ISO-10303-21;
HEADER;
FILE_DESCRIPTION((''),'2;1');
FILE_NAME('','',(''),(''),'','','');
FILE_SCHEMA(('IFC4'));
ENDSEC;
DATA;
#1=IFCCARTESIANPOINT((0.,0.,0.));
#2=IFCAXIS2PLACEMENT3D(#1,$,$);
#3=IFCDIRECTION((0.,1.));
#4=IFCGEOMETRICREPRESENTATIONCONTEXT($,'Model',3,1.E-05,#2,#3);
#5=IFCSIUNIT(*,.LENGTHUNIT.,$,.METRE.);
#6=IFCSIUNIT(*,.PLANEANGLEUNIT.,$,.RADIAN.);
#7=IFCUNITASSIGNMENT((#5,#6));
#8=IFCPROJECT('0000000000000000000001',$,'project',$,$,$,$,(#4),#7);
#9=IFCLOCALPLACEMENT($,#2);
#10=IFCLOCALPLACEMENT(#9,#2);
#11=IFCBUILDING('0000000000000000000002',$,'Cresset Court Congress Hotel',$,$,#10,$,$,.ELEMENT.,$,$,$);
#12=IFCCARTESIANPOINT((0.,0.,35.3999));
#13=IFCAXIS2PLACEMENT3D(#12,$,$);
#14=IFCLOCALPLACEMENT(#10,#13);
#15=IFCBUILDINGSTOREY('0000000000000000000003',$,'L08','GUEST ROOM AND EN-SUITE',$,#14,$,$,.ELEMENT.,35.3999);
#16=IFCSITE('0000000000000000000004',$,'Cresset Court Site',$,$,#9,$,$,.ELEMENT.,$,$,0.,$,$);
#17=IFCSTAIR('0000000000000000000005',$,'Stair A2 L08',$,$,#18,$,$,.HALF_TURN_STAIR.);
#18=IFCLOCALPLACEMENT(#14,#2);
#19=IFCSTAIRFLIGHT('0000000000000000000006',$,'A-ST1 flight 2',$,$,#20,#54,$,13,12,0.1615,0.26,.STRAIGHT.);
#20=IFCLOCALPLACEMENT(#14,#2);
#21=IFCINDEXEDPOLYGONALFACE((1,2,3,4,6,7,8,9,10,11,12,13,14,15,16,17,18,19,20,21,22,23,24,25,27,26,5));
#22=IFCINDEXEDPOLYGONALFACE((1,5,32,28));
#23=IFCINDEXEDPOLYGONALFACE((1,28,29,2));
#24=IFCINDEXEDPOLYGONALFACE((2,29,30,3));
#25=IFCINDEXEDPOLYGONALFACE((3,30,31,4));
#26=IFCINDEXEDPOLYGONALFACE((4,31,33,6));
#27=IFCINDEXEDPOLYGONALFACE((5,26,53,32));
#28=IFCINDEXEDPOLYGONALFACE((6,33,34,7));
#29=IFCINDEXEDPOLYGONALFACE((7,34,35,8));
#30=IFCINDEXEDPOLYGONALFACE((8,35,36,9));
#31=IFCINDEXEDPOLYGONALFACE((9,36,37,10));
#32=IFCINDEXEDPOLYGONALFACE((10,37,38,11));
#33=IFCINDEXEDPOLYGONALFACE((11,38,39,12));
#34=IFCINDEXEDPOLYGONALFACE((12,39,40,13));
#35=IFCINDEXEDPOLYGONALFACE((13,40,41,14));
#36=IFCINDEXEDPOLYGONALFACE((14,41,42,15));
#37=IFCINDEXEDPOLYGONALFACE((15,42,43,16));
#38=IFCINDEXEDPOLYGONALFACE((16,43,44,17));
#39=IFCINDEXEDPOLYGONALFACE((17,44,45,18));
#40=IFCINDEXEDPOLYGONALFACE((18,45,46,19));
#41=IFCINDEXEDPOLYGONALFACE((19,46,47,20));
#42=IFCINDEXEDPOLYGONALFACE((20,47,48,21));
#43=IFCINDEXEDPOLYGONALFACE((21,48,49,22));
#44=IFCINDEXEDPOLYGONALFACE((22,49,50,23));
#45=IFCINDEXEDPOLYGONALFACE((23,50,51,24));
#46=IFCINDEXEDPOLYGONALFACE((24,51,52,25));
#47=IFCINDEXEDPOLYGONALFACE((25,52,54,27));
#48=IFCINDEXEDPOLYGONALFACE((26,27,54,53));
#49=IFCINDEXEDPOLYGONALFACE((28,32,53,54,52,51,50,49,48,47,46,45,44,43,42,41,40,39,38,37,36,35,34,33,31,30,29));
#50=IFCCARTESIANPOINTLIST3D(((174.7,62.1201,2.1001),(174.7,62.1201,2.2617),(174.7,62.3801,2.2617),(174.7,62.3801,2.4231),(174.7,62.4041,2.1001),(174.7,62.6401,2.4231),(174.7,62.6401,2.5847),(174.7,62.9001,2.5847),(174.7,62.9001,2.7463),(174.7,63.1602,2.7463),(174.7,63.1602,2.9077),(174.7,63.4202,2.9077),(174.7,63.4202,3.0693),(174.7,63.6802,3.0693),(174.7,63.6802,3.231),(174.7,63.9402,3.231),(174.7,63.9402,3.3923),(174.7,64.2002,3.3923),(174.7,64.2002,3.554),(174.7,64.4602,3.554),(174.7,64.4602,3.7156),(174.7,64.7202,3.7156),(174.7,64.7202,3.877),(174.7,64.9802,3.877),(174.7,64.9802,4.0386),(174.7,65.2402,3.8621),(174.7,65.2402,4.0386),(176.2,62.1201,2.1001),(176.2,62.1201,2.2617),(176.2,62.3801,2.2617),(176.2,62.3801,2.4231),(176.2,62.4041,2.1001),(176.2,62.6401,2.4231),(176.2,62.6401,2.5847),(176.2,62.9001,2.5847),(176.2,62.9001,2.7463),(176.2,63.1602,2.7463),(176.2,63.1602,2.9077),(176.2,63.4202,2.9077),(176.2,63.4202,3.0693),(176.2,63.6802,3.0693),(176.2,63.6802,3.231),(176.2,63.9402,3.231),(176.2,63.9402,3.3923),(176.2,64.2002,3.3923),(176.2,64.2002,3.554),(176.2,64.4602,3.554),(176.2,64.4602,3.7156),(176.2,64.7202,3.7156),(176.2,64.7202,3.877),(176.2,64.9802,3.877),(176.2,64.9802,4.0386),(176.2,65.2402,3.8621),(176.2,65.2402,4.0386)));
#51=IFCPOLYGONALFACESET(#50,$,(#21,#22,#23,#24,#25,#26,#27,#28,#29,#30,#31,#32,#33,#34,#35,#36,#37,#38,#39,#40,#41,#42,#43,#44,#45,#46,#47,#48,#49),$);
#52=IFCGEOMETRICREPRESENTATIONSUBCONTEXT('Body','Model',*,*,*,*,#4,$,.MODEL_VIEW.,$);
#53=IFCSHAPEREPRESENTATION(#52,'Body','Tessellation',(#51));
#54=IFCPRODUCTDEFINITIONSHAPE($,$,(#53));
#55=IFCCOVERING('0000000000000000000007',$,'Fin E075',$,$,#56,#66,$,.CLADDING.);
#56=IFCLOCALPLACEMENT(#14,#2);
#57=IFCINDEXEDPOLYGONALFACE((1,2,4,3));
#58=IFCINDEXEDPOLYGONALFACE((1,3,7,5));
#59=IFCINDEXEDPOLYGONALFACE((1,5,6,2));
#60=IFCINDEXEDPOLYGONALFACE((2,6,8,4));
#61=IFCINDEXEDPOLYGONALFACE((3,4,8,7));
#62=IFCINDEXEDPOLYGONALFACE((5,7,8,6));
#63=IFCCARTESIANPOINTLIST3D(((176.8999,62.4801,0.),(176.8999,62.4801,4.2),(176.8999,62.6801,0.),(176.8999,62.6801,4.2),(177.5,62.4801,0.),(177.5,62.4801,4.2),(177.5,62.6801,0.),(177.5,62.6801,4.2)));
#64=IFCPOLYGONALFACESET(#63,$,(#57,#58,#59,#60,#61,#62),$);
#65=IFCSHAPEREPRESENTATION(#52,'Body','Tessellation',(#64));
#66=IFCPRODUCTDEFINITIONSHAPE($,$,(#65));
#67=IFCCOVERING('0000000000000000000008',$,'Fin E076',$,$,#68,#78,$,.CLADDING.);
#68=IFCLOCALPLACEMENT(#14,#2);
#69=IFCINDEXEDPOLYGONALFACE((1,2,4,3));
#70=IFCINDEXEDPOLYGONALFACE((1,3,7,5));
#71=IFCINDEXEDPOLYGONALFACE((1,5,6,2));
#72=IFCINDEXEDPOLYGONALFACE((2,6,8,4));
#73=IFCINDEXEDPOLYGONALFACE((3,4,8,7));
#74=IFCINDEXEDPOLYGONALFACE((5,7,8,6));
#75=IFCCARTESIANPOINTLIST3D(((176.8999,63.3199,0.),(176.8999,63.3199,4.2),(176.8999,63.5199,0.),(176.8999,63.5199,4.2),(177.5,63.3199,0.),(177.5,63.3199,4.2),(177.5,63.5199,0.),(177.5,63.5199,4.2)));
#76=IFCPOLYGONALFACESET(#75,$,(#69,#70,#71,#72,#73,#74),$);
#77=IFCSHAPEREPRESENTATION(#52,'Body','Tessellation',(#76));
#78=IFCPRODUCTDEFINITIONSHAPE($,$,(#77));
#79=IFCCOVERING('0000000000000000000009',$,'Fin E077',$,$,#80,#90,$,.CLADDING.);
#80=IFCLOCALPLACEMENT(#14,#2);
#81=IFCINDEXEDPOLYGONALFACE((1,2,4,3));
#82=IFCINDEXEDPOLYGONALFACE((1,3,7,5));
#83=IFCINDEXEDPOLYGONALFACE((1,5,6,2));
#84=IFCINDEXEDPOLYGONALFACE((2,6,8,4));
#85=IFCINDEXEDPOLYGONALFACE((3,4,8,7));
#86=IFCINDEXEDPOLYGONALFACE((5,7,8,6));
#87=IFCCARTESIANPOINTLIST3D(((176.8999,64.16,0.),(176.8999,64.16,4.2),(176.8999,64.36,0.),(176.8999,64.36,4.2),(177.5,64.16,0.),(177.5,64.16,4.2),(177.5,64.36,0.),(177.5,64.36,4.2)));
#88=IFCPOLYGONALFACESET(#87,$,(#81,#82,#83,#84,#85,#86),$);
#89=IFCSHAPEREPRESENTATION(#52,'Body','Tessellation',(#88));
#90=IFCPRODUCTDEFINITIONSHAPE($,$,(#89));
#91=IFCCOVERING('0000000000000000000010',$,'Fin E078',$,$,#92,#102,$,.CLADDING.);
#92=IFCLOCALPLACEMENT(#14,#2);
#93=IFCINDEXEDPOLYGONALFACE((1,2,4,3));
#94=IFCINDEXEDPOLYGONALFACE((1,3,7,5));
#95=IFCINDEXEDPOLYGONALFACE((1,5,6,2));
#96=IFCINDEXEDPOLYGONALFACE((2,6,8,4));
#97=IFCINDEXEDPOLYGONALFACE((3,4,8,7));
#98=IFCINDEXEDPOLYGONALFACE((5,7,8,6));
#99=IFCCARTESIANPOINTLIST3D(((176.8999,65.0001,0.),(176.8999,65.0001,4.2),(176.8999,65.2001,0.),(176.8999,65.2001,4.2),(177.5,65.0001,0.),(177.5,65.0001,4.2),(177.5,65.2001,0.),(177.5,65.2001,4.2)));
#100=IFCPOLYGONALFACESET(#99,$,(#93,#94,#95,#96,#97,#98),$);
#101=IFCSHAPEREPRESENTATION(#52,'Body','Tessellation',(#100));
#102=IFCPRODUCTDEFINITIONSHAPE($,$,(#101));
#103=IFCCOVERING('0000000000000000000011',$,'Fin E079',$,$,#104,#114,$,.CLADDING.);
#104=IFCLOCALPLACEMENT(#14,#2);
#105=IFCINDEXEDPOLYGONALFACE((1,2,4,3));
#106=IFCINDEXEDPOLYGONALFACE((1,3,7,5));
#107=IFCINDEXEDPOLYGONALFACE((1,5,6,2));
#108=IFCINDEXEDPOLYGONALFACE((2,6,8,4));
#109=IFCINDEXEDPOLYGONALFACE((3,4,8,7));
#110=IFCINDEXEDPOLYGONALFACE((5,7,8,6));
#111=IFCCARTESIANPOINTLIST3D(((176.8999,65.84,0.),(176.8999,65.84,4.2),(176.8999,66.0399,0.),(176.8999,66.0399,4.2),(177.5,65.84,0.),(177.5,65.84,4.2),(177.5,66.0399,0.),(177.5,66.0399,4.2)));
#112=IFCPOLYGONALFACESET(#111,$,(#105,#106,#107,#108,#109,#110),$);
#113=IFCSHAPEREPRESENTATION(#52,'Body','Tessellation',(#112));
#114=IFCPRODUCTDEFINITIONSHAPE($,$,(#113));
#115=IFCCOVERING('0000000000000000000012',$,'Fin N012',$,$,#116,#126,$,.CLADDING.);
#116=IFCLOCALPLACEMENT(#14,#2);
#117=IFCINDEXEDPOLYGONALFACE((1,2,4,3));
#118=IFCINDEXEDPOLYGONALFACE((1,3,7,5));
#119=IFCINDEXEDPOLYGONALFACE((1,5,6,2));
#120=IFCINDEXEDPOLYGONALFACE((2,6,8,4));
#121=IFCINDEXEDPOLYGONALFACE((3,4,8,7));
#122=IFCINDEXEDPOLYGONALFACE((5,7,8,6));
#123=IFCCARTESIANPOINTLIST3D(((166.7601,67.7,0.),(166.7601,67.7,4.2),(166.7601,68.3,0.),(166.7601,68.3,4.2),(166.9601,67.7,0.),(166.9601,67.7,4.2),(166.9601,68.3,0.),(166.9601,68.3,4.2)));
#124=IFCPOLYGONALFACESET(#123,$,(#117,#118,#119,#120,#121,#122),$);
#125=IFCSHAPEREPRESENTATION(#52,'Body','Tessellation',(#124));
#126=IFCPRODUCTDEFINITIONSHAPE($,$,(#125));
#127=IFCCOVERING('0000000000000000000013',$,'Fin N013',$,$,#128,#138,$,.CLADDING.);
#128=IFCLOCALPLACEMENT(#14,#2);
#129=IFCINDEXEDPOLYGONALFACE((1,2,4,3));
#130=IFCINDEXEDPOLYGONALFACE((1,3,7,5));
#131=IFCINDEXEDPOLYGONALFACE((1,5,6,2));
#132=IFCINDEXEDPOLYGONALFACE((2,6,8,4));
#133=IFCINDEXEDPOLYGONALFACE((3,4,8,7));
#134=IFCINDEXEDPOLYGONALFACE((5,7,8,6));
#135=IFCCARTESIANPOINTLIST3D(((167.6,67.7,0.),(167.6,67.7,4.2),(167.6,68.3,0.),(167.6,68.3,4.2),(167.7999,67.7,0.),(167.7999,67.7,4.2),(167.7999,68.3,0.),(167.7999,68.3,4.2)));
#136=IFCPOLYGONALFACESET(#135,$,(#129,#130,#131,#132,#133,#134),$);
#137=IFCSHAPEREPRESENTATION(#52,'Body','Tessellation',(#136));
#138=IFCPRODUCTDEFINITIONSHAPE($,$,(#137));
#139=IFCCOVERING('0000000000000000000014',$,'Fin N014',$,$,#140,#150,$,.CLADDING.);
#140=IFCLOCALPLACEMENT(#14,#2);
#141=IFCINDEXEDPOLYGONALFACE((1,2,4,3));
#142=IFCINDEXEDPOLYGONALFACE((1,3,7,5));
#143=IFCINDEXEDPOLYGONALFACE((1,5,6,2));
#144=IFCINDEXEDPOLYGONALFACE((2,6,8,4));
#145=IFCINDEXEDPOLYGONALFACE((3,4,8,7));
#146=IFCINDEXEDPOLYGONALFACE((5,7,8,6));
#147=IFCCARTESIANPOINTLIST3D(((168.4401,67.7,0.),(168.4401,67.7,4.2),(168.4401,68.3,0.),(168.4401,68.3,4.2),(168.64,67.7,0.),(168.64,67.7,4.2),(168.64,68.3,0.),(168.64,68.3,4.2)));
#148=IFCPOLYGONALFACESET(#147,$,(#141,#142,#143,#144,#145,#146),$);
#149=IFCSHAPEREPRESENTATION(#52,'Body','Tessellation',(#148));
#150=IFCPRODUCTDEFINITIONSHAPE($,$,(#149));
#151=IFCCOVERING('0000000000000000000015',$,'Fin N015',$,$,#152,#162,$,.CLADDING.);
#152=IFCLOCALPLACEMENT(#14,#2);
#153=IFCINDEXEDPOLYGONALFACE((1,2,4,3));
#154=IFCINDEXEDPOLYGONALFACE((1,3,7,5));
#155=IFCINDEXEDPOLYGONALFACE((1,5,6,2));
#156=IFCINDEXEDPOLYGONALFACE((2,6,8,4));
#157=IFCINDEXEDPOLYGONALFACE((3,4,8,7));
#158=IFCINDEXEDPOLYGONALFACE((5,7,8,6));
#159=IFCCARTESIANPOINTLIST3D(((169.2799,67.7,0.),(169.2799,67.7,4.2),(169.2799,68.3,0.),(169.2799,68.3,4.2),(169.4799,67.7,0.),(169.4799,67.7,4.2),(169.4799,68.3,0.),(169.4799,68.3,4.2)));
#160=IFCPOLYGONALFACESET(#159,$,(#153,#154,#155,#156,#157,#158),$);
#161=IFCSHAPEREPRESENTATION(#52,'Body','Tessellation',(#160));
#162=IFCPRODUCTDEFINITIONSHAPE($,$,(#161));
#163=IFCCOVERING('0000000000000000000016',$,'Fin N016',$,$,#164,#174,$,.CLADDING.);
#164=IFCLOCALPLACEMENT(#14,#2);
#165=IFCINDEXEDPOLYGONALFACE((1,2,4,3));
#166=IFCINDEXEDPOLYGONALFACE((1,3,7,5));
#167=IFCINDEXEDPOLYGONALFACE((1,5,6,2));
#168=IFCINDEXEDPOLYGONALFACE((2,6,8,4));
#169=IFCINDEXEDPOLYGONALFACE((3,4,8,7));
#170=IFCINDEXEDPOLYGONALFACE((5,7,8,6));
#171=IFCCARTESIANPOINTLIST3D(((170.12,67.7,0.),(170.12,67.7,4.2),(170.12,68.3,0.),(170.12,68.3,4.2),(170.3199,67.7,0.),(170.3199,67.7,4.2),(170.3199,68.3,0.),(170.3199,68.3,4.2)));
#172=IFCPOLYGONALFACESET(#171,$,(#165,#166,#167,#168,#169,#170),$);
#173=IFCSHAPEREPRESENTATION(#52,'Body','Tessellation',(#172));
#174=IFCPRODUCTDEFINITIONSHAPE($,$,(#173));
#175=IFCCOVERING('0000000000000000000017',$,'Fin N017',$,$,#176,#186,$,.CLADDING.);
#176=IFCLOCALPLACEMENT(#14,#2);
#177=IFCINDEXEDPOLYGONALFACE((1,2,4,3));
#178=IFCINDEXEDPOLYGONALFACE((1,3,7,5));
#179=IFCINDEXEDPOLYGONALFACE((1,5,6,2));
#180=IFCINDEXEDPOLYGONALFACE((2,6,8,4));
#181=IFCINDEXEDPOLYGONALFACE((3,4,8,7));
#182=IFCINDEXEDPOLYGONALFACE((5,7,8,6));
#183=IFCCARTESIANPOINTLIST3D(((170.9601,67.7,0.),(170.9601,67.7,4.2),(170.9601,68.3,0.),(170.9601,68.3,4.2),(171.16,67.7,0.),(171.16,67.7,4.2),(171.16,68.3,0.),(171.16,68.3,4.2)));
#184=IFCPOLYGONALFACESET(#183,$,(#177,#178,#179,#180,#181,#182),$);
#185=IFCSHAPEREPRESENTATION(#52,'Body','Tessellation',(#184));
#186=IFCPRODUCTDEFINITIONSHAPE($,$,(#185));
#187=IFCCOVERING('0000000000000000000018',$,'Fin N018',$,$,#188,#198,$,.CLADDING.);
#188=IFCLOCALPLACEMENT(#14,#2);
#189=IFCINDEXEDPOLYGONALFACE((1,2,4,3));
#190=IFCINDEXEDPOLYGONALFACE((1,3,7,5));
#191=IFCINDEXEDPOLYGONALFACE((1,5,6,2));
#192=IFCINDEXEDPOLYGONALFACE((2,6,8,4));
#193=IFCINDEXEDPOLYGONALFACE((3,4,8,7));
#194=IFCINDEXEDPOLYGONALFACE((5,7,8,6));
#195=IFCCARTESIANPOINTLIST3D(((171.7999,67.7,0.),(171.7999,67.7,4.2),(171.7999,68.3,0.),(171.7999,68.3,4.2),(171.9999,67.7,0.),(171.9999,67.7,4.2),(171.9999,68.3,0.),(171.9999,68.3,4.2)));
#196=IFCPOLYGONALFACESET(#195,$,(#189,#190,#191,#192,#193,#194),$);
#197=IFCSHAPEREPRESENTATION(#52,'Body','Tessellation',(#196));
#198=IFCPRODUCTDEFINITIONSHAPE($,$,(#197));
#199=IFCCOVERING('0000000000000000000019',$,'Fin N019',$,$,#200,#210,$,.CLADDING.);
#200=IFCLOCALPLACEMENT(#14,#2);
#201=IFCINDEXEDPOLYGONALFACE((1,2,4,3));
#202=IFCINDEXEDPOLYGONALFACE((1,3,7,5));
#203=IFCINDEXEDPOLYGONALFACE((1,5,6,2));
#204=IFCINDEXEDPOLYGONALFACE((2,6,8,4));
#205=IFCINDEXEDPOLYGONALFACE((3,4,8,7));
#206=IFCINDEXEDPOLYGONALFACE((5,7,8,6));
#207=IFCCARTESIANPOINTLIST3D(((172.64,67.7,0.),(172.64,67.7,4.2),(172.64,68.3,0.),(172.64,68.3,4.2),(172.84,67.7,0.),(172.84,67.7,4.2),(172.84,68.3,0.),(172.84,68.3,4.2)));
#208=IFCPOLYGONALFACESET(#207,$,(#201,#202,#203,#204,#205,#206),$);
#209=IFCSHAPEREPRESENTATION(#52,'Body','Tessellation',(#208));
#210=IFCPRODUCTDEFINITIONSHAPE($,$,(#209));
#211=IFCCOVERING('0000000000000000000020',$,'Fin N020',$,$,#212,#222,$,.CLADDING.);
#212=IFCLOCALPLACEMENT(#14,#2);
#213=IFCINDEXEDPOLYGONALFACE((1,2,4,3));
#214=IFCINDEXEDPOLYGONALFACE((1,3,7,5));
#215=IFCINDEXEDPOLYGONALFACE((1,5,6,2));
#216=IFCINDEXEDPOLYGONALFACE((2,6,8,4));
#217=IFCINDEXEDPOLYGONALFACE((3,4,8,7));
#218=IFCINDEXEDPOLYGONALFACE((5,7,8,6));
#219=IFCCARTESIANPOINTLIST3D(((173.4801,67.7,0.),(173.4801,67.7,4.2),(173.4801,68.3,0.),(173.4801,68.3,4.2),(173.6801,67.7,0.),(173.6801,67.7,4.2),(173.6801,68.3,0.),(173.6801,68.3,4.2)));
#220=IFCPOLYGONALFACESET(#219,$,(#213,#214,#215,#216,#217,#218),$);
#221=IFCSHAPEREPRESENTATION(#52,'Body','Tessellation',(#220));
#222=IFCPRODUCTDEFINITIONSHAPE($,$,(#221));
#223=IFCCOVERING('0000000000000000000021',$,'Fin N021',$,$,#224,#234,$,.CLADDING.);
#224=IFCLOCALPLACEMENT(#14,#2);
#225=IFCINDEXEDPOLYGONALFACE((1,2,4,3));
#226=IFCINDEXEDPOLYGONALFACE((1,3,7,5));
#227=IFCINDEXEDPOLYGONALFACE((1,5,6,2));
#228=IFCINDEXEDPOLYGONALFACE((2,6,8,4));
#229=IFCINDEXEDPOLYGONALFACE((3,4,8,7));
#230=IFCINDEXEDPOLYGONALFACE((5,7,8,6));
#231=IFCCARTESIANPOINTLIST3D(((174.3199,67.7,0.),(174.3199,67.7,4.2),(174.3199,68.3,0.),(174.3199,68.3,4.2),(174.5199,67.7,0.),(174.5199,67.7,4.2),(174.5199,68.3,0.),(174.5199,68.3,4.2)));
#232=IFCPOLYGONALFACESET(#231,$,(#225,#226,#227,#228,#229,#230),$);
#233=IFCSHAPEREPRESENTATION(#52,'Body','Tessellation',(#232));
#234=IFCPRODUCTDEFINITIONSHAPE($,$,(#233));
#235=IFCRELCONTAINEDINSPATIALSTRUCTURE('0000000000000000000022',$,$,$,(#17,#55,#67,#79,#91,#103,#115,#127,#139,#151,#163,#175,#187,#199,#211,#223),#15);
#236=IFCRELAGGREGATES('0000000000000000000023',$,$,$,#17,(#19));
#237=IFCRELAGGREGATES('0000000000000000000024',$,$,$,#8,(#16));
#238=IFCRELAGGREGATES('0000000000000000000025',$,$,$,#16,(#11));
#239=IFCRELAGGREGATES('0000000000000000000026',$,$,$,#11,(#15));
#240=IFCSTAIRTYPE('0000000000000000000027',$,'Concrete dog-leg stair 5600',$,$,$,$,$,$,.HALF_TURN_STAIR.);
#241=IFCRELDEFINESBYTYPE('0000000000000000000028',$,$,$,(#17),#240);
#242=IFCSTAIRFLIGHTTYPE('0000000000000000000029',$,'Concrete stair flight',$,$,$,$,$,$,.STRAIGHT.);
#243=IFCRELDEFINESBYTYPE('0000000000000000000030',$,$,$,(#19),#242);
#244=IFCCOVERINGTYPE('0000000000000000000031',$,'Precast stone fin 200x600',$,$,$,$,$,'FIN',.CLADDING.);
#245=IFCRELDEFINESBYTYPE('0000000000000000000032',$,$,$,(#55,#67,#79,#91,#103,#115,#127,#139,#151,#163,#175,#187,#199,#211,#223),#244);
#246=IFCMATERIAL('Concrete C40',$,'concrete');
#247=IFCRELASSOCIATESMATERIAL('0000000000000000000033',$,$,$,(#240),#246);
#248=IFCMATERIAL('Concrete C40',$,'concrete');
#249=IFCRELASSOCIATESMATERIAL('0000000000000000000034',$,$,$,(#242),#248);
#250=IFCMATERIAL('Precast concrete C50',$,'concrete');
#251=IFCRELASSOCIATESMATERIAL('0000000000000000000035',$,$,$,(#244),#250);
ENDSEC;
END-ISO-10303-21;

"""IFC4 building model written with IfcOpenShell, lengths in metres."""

from ifc_helpers import new_model, si_unit, direction, frame, origin, origin_2d, place, context, subcontext, project, spatial, polyline, rectangle, outline, extrude, material, type_object, element, aggregate, save


model = new_model("IFC4")

# Units and contexts
model_context = context("Model", 3, precision=1e-05, world=origin(), true_north=direction((0.0, 1.0)))
body_context = subcontext(model_context, "Body", "Model", "MODEL_VIEW")
ifc_project = project(units=[si_unit("LENGTHUNIT", "METRE"), si_unit("PLANEANGLEUNIT", "RADIAN")], contexts=[model_context])

# Site, building, storey
site_placement = place(None, origin())
site = spatial("IfcSite", under=ifc_project, at=site_placement, Name="Cresset Court Site", CompositionType="ELEMENT", RefElevation=0.0)
building_placement = place(site_placement, origin())
building = spatial("IfcBuilding", under=site, at=building_placement, Name="Cresset Court Congress Hotel", CompositionType="ELEMENT")
storey_placement = place(building_placement, frame((0.0, 0.0, 35.3999)))
storey = spatial("IfcBuildingStorey", under=building, at=storey_placement, Name="L08", Description="GUEST ROOM AND EN-SUITE", CompositionType="ELEMENT", Elevation=35.3999)

# Stair, stair flight
ifc_material_1 = material(Name="Concrete C40", Category="concrete")
stair_type = type_object("IfcStairType", Name="Concrete dog-leg stair 5600", PredefinedType="HALF_TURN_STAIR", material=ifc_material_1)
stair_placement = place(storey_placement, origin())
stair = element("IfcStair", 1, at=stair_placement, inside=storey, type_object=stair_type, Name="Stair A2 L08", PredefinedType="HALF_TURN_STAIR")
ifc_material_2 = material(Name="Concrete C40", Category="concrete")
stair_flight_type = type_object("IfcStairFlightType", Name="Concrete stair flight", PredefinedType="STRAIGHT", material=ifc_material_2)
stair_flight_1_placement = place(storey_placement, frame((175.45, 62.1201, 2.1001), z_axis=(0.0, 0.0, 1.0), x_axis=(0.0, 1.0, 0.0)))
stair_flight_1 = element("IfcStairFlight", 2, at=stair_flight_1_placement, type_object=stair_flight_type, Name="A-ST1 flight 2", NumberOfRisers=13, NumberOfTreads=12, PredefinedType="STRAIGHT", RiserHeight=0.1615, TreadLength=0.26, context=body_context, shape_type="SweptSolid", body=[
    extrude(outline(polyline([(0.0, 0.0), (0.0, 0.1616), (0.26, 0.1616), (0.26, 0.323), (0.52, 0.323), (0.52, 0.4846), (0.78, 0.4846), (0.78, 0.6462), (1.04, 0.6462), (1.04, 0.8076), (1.3, 0.8076), (1.3, 0.9692), (1.5601, 0.9692), (1.5601, 1.1309), (1.8201, 1.1309), (1.8201, 1.2922), (2.0801, 1.2922), (2.0801, 1.4539), (2.3401, 1.4539), (2.3401, 1.6155), (2.6001, 1.6155), (2.6001, 1.7769), (2.8601, 1.7769), (2.8601, 1.9385), (3.1201, 1.9385), (3.1201, 2.1001), (3.1201, 1.762), (0.2839, 0.0), (0.0, 0.0)])), frame((0.0, 0.75, 0.0), z_axis=(0.0, -1.0, 0.0), x_axis=(1.0, 0.0, 0.0)), (0.0, 0.0, 1.0), 1.5),
])
aggregate(stair, [stair_flight_1])

# Coverings
ifc_material_3 = material(Name="Precast concrete C50", Category="concrete")
covering_type_1 = type_object("IfcCoveringType", Name="Precast stone fin 200x600", ElementType="FIN", PredefinedType="CLADDING", material=ifc_material_3)
for number, where, z_axis, x_axis, name in (
    (3, (177.2, 62.5801, 0.0), (0.0, 0.0, 1.0), (1.0, 0.0, 0.0), "Fin E075"),
    (4, (177.2, 63.4199, 0.0), (0.0, 0.0, 1.0), (1.0, 0.0, 0.0), "Fin E076"),
    (5, (177.2, 64.26, 0.0), (0.0, 0.0, 1.0), (1.0, 0.0, 0.0), "Fin E077"),
    (6, (177.2, 65.1001, 0.0), (0.0, 0.0, 1.0), (1.0, 0.0, 0.0), "Fin E078"),
    (7, (177.2, 65.9399, 0.0), (0.0, 0.0, 1.0), (1.0, 0.0, 0.0), "Fin E079"),
):
    element("IfcCovering", number, at=place(storey_placement, frame(where, z_axis=z_axis, x_axis=x_axis)), inside=storey, type_object=covering_type_1, Name=name, PredefinedType="CLADDING", context=body_context, shape_type="SweptSolid", body=[
        extrude(rectangle(XDim=0.6001, YDim=0.2, at=origin_2d()), origin(), (0.0, 0.0, 1.0), 4.2),
    ])
for number, where, z_axis, x_axis, name in (
    (8, (166.8601, 68.0, 0.0), (0.0, 0.0, 1.0), (1.0, 0.0, 0.0), "Fin N012"),
    (9, (167.7, 68.0, 0.0), (0.0, 0.0, 1.0), (1.0, 0.0, 0.0), "Fin N013"),
    (10, (168.54, 68.0, 0.0), (0.0, 0.0, 1.0), (1.0, 0.0, 0.0), "Fin N014"),
    (11, (169.3799, 68.0, 0.0), (0.0, 0.0, 1.0), (1.0, 0.0, 0.0), "Fin N015"),
    (12, (170.22, 68.0, 0.0), (0.0, 0.0, 1.0), (1.0, 0.0, 0.0), "Fin N016"),
    (13, (171.0601, 68.0, 0.0), (0.0, 0.0, 1.0), (1.0, 0.0, 0.0), "Fin N017"),
    (14, (171.8999, 68.0, 0.0), (0.0, 0.0, 1.0), (1.0, 0.0, 0.0), "Fin N018"),
    (15, (172.74, 68.0, 0.0), (0.0, 0.0, 1.0), (1.0, 0.0, 0.0), "Fin N019"),
    (16, (173.5801, 68.0, 0.0), (0.0, 0.0, 1.0), (1.0, 0.0, 0.0), "Fin N020"),
    (17, (174.4199, 68.0, 0.0), (0.0, 0.0, 1.0), (1.0, 0.0, 0.0), "Fin N021"),
):
    element("IfcCovering", number, at=place(storey_placement, frame(where, z_axis=z_axis, x_axis=x_axis)), inside=storey, type_object=covering_type_1, Name=name, PredefinedType="CLADDING", context=body_context, shape_type="SweptSolid", body=[
        extrude(rectangle(XDim=0.2, YDim=0.6001, at=origin_2d()), origin(), (0.0, 0.0, 1.0), 4.2),
    ])

save(model, "model.ifc")
